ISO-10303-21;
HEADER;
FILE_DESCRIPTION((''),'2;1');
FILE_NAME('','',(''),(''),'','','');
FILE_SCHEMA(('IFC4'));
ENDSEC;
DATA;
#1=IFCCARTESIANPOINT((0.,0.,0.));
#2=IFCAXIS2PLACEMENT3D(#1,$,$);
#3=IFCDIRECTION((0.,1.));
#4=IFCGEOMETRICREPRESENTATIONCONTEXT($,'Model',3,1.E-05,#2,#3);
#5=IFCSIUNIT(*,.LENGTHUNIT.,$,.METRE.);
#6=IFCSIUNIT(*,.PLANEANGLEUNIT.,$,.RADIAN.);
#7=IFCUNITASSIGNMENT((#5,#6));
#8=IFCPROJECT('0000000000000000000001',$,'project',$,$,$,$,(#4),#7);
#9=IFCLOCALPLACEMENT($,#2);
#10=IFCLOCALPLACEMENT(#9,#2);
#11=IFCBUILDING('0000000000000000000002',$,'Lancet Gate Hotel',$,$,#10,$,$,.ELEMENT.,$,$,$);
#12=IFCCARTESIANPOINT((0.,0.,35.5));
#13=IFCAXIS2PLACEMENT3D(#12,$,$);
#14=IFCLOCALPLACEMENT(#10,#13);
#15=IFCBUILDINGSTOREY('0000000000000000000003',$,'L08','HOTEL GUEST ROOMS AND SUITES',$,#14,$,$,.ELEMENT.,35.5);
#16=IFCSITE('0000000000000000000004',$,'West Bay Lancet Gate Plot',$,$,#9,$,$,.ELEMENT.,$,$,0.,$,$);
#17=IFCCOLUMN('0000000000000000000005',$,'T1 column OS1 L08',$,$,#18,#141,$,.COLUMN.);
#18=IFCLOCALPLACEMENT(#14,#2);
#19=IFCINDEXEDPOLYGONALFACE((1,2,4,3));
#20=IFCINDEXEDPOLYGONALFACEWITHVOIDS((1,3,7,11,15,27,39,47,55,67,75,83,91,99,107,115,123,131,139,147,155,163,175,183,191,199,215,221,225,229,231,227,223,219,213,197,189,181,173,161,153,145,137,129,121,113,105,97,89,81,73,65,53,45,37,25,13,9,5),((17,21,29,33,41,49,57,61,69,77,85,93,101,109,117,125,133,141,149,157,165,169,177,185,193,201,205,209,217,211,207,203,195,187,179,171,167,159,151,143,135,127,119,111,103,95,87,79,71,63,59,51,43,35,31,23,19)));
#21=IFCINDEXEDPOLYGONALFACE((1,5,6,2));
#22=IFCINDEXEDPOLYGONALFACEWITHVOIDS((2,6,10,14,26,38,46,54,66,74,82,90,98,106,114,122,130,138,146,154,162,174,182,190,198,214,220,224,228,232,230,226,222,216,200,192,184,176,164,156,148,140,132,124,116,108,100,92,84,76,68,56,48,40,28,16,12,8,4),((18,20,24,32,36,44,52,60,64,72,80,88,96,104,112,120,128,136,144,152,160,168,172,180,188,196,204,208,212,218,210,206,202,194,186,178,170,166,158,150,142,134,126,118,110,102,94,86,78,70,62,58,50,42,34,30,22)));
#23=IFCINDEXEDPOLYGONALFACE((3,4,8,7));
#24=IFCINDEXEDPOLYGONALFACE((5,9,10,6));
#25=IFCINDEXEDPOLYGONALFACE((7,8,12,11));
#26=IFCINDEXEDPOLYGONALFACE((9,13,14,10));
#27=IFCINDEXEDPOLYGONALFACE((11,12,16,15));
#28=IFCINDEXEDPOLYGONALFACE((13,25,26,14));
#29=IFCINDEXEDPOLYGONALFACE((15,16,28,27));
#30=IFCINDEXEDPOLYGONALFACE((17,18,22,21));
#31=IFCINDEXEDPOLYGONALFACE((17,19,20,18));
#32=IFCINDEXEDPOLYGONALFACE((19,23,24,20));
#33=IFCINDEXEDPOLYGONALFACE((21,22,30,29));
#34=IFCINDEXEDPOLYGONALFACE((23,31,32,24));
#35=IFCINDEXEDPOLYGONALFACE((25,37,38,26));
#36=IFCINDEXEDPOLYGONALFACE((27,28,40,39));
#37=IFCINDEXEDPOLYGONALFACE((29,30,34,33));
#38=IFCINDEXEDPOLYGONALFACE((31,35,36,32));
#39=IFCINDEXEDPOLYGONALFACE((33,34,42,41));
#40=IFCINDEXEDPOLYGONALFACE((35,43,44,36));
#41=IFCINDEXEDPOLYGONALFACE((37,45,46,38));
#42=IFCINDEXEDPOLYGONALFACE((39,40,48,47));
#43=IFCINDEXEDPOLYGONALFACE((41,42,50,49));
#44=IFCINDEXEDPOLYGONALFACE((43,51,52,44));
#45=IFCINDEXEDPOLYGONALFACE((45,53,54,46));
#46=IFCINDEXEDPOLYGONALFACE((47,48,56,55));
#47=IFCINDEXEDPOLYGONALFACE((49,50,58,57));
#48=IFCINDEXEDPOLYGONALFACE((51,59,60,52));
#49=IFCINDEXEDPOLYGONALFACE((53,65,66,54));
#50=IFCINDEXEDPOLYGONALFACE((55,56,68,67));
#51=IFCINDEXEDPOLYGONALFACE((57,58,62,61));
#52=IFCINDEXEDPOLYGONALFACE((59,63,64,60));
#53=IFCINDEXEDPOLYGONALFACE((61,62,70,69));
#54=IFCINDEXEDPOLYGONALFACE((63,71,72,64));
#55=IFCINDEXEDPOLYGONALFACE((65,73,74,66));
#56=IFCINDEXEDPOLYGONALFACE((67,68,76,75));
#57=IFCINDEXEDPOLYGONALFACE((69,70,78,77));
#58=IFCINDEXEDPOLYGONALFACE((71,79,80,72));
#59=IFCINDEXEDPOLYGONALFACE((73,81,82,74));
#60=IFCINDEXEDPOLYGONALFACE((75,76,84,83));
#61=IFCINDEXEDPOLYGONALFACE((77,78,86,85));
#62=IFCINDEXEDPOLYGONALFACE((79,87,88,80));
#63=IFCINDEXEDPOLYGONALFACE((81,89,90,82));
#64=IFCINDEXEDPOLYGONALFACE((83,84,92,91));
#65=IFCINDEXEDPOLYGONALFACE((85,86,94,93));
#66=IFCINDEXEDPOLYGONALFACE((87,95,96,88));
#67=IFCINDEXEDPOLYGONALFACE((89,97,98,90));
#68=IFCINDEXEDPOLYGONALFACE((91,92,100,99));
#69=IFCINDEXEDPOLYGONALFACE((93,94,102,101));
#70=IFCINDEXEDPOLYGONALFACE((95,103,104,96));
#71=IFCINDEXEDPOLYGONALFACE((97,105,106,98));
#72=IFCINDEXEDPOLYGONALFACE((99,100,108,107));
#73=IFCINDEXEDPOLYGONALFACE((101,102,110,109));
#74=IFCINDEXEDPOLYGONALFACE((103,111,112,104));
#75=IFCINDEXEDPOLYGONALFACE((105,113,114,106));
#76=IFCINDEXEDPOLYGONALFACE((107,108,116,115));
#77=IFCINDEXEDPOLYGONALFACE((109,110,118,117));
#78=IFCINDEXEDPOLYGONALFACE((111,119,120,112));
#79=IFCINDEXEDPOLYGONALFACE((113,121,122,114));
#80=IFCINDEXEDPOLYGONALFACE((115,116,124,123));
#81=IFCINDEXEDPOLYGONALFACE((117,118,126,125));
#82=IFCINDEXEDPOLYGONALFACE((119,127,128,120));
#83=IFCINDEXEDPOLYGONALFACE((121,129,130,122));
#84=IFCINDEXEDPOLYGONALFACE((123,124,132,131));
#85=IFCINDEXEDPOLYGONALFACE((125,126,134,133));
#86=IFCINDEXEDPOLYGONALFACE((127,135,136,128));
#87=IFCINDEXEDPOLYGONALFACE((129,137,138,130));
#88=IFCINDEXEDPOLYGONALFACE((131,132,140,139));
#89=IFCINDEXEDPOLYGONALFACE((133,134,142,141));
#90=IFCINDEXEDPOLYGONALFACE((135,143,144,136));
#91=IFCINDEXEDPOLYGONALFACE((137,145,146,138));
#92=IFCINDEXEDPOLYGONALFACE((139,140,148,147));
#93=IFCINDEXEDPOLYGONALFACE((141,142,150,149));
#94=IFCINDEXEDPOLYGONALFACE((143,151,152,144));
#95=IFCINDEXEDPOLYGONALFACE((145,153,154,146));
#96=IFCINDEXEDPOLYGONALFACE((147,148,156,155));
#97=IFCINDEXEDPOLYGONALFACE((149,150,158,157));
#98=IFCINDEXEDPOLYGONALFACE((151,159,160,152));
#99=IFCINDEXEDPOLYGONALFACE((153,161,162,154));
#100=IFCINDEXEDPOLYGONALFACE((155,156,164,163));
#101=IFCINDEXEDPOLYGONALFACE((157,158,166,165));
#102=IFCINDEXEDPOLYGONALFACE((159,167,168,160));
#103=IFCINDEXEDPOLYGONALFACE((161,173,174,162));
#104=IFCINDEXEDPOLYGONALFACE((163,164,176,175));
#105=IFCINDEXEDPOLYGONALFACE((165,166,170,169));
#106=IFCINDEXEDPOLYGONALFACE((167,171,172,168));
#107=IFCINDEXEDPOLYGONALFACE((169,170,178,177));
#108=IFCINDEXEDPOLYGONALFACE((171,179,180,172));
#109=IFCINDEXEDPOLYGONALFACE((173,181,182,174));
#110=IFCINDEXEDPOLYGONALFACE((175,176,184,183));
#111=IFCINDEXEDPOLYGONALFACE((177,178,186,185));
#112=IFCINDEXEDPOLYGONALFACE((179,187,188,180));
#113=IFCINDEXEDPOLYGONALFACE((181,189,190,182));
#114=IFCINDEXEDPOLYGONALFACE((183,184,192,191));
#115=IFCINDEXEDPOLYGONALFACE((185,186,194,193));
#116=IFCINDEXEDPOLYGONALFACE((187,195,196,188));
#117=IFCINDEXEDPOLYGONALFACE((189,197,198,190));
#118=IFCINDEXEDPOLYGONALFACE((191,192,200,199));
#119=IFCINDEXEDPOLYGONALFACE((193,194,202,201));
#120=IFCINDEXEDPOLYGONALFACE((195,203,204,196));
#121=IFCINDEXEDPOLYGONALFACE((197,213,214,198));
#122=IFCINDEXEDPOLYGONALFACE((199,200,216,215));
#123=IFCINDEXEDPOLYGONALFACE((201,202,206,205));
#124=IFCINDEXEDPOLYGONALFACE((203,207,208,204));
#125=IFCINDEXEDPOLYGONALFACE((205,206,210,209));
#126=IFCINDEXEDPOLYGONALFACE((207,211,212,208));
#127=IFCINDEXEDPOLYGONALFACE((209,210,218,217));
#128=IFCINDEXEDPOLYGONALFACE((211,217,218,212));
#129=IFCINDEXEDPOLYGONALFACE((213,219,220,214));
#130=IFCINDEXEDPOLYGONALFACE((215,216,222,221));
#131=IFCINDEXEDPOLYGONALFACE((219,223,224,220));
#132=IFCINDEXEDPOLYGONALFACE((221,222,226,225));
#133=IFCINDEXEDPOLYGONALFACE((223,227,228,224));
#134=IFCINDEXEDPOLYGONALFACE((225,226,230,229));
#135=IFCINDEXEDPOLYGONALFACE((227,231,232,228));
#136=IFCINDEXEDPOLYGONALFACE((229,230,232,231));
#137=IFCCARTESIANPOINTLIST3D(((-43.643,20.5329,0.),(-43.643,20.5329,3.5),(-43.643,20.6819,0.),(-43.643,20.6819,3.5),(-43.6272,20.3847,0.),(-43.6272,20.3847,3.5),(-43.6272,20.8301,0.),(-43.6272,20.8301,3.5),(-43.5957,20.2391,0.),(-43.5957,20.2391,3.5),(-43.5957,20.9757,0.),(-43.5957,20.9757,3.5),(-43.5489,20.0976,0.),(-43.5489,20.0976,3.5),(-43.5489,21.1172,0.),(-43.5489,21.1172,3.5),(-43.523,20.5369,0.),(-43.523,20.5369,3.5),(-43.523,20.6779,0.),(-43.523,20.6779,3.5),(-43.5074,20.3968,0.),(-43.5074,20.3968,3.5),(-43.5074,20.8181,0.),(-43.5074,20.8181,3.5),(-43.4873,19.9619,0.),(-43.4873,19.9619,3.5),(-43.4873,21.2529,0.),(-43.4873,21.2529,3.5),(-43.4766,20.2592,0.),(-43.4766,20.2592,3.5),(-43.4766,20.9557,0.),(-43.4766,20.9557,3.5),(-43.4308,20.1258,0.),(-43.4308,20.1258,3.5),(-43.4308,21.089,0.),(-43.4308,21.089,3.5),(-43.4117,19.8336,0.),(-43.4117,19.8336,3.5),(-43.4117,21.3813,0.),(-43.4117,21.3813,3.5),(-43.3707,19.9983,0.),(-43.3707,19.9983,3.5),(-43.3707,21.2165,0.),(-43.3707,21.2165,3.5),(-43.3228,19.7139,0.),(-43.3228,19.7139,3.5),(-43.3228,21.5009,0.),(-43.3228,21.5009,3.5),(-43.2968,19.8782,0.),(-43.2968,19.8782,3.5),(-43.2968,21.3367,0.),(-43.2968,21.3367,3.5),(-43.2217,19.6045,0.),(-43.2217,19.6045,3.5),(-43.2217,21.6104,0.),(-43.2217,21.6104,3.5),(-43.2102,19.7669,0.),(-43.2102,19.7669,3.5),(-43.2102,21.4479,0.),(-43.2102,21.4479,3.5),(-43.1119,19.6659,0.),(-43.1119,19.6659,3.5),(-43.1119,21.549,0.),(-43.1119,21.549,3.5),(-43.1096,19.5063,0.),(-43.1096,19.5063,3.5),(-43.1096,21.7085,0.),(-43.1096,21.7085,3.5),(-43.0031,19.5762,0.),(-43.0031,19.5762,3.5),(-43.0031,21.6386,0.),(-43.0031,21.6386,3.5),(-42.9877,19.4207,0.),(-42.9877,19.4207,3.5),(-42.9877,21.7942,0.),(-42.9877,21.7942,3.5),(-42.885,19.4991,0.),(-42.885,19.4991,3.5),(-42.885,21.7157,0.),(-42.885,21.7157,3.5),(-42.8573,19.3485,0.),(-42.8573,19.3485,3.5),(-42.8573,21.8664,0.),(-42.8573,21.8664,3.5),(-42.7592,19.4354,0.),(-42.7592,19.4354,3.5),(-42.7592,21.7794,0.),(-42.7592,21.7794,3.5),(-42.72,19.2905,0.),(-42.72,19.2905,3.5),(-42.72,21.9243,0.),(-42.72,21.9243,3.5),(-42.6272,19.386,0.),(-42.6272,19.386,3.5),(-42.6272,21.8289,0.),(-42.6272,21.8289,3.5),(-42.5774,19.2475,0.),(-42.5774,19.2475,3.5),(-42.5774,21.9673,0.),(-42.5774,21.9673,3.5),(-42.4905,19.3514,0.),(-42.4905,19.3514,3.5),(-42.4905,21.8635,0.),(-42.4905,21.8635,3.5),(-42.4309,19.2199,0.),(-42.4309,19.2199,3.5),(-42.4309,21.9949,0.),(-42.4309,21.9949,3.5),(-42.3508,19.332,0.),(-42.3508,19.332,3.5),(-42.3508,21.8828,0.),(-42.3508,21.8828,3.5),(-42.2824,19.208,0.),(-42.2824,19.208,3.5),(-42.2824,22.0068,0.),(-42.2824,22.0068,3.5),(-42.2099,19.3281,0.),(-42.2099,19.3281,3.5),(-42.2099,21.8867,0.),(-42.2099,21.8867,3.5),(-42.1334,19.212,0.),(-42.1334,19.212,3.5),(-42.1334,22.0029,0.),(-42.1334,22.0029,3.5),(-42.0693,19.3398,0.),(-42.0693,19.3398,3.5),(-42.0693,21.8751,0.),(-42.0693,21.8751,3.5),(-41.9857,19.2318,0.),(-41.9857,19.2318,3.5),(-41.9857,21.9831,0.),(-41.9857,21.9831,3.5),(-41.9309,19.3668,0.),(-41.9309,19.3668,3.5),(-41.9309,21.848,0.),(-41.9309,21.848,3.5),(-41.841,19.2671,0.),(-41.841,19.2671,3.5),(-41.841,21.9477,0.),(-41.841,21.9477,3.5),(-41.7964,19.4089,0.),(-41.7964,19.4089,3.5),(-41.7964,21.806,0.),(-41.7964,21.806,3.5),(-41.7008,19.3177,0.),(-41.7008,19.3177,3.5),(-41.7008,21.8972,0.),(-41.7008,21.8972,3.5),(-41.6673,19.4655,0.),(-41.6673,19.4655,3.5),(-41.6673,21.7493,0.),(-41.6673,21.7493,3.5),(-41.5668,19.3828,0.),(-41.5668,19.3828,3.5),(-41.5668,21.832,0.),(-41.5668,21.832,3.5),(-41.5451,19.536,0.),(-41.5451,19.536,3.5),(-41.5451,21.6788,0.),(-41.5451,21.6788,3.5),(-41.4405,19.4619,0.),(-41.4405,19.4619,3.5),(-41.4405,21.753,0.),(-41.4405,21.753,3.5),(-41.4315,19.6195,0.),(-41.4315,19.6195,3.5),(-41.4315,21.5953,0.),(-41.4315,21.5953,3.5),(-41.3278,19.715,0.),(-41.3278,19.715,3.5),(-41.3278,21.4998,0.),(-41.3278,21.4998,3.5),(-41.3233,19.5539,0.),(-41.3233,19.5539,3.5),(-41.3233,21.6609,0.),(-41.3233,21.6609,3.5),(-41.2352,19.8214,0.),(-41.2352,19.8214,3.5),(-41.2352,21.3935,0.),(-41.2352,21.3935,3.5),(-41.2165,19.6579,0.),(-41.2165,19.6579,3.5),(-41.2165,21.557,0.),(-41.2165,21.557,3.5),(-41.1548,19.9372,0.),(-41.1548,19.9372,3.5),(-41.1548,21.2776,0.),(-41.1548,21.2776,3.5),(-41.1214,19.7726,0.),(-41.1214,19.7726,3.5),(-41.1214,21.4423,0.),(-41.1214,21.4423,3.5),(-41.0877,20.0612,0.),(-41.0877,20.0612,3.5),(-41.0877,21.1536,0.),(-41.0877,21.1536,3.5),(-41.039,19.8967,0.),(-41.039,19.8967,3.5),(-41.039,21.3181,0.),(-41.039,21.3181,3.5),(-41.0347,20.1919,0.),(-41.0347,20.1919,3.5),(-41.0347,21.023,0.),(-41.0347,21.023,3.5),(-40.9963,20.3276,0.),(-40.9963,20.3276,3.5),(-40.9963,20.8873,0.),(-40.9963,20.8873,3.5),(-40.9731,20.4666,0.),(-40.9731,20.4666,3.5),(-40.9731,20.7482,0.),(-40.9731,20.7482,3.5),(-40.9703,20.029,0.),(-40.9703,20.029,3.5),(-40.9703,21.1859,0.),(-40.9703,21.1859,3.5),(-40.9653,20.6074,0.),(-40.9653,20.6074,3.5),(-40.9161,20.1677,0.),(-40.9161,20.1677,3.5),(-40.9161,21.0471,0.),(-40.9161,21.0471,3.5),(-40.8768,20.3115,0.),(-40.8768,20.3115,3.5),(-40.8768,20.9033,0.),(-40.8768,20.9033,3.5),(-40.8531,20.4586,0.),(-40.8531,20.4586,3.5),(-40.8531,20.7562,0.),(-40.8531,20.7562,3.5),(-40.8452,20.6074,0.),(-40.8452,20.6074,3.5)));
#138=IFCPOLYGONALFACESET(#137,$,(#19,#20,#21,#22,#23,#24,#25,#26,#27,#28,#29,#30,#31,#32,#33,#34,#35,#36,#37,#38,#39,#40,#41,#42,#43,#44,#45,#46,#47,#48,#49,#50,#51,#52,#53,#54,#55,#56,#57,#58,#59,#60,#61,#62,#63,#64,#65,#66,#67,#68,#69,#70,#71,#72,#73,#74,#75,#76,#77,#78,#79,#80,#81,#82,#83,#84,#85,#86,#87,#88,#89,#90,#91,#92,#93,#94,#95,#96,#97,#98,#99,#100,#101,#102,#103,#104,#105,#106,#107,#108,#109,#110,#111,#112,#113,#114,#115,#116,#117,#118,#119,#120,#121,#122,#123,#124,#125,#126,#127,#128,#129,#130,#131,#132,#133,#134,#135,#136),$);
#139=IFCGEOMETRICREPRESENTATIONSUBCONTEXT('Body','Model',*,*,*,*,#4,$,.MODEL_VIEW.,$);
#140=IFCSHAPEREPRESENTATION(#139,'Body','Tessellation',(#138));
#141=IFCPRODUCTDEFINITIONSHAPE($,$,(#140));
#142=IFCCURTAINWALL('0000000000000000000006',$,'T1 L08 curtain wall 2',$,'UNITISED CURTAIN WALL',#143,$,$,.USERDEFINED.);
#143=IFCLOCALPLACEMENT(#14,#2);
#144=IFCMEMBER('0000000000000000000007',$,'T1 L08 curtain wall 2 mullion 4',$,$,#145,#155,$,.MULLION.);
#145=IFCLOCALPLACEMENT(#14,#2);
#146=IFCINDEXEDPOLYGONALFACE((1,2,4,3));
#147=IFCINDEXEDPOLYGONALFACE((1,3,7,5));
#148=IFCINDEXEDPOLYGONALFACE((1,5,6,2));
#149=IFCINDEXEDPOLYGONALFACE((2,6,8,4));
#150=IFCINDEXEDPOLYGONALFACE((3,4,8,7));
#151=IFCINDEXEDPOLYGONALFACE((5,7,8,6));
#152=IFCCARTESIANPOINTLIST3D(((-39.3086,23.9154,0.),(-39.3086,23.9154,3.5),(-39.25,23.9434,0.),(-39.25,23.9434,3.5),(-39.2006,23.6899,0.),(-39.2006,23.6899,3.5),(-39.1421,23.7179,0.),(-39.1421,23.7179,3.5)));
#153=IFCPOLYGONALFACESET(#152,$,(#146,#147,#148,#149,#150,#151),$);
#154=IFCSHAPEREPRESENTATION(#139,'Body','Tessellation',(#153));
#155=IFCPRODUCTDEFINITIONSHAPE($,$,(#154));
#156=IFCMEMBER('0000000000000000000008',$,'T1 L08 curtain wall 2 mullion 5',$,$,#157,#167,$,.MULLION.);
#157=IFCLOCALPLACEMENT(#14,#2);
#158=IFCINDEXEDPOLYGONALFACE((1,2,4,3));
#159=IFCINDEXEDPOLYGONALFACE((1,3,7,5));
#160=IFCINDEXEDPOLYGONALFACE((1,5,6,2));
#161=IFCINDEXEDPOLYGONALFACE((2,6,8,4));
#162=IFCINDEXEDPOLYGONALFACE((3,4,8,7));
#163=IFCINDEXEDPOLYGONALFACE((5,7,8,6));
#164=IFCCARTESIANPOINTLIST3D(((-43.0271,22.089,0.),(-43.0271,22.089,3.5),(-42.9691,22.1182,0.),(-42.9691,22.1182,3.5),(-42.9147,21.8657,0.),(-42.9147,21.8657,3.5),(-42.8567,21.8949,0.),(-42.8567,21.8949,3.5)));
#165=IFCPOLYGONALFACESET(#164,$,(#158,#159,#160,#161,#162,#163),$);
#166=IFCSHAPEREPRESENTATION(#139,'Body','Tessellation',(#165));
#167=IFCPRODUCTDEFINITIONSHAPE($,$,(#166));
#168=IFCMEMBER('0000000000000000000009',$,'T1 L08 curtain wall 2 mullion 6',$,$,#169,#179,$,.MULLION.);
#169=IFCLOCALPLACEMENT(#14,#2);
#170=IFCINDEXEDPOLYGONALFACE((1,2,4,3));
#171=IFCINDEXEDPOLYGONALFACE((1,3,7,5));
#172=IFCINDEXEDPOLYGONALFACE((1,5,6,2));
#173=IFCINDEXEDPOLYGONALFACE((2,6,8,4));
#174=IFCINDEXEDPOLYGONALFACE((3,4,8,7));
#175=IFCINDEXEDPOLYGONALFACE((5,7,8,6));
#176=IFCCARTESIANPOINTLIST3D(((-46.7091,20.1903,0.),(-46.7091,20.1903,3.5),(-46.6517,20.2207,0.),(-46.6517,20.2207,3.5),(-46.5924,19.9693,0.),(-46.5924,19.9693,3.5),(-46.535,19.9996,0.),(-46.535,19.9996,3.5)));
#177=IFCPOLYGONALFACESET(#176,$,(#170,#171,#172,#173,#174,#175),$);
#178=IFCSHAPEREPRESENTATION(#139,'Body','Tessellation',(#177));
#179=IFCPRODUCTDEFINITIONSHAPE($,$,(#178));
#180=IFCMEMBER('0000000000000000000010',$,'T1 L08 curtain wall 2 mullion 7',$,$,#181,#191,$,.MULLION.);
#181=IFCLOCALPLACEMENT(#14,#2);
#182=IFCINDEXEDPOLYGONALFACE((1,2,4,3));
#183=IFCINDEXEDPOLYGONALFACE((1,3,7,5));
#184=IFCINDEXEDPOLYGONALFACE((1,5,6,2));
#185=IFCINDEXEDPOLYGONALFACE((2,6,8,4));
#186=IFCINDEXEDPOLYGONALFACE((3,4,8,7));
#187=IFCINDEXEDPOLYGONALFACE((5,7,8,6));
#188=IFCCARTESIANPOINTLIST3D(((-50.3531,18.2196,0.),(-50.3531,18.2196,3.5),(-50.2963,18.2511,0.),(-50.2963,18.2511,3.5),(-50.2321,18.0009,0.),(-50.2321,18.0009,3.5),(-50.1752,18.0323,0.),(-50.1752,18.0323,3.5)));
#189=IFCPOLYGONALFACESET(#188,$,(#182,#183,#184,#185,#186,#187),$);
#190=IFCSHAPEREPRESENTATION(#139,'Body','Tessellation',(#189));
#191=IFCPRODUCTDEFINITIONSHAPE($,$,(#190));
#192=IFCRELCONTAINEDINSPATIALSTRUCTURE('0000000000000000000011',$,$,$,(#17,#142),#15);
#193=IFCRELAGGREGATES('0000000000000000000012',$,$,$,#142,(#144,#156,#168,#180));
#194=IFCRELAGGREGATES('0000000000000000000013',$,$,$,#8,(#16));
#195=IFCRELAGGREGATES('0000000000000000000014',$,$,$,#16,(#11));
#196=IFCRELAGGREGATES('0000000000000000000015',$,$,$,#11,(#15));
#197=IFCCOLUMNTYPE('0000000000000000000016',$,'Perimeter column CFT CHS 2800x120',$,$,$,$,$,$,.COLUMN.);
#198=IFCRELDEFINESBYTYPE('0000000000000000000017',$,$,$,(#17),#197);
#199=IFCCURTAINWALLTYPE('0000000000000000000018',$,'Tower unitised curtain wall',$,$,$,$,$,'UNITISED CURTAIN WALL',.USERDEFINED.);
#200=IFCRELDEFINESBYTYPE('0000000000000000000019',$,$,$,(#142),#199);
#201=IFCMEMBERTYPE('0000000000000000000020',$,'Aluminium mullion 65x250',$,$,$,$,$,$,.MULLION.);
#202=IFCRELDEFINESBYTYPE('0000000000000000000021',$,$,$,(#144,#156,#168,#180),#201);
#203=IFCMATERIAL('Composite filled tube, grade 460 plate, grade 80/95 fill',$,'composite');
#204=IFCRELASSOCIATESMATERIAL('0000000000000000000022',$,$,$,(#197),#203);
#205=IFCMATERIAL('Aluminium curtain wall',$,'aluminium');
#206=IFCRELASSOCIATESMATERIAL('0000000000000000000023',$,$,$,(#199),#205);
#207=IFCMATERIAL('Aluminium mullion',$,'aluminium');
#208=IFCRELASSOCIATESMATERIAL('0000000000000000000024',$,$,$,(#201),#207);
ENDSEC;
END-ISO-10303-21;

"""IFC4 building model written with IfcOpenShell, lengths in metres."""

from ifc_helpers import new_model, si_unit, direction, frame, origin, origin_2d, place, context, subcontext, project, spatial, rectangle, hollow_circle, extrude, material, material_profile, profile_set, type_object, element, aggregate, save


model = new_model("IFC4")

# Units and contexts
model_context = context("Model", 3, precision=1e-05, world=origin(), true_north=direction((0.0, 1.0)))
body_context = subcontext(model_context, "Body", "Model", "MODEL_VIEW")
ifc_project = project(units=[si_unit("LENGTHUNIT", "METRE"), si_unit("PLANEANGLEUNIT", "RADIAN")], contexts=[model_context])

# Site, building, storey
site_placement = place(None, origin())
site = spatial("IfcSite", under=ifc_project, at=site_placement, Name="West Bay Lancet Gate Plot", CompositionType="ELEMENT", RefElevation=0.0)
building_placement = place(site_placement, origin())
building = spatial("IfcBuilding", under=site, at=building_placement, Name="Lancet Gate Hotel", CompositionType="ELEMENT")
storey_placement = place(building_placement, frame((0.0, 0.0, 35.5)))
storey = spatial("IfcBuildingStorey", under=building, at=storey_placement, Name="L08", Description="HOTEL GUEST ROOMS AND SUITES", CompositionType="ELEMENT", Elevation=35.5)

# Column
ifc_material_1 = material(Name="Composite filled tube, grade 460 plate, grade 80/95 fill", Category="composite")
ifc_material_profile_1 = material_profile(ifc_material_1, hollow_circle(Radius=1.3999, WallThickness=0.1201, at=origin_2d()), Name="CHS 2800x120")
ifc_profile_set_1 = profile_set([ifc_material_profile_1], Name="Composite filled tube, grade 460 plate, grade 80/95 fill")
column_type = type_object("IfcColumnType", Name="Perimeter column CFT CHS 2800x120", PredefinedType="COLUMN", material=ifc_profile_set_1)
column_placement = place(storey_placement, frame((-42.2451, 20.6074, 0.0), z_axis=(0.0, 0.0, 1.0), x_axis=(1.0, 0.0, 0.0)))
element("IfcColumn", 1, at=column_placement, inside=storey, type_object=column_type, Name="T1 column OS1 L08", PredefinedType="COLUMN", context=body_context, shape_type="SweptSolid", body=[
    extrude(hollow_circle(Radius=1.3999, WallThickness=0.1201, at=origin_2d()), origin(), (0.0, 0.0, 1.0), 3.5),
])

# Curtain wall, members
ifc_material_2 = material(Name="Aluminium curtain wall", Category="aluminium")
curtain_wall_type = type_object("IfcCurtainWallType", Name="Tower unitised curtain wall", ElementType="UNITISED CURTAIN WALL", PredefinedType="USERDEFINED", material=ifc_material_2)
curtain_wall_placement = place(storey_placement, origin())
curtain_wall = element("IfcCurtainWall", 2, at=curtain_wall_placement, inside=storey, type_object=curtain_wall_type, Name="T1 L08 curtain wall 2", ObjectType="UNITISED CURTAIN WALL", PredefinedType="USERDEFINED")
ifc_material_3 = material(Name="Aluminium mullion", Category="aluminium")
ifc_material_profile_2 = material_profile(ifc_material_3, rectangle(XDim=0.0649, YDim=0.25, at=origin_2d()), Name="MULLION 65x250")
ifc_profile_set_2 = profile_set([ifc_material_profile_2], Name="Aluminium mullion")
member_type_1 = type_object("IfcMemberType", Name="Aluminium mullion 65x250", PredefinedType="MULLION", material=ifc_profile_set_2)
member_1_placement = place(storey_placement, frame((-39.2253, 23.8167, 0.0), z_axis=(0.0, 0.0, 1.0), x_axis=(-0.901929, -0.431885, 0.0)))
member_1 = element("IfcMember", 3, at=member_1_placement, type_object=member_type_1, Name="T1 L08 curtain wall 2 mullion 4", PredefinedType="MULLION", context=body_context, shape_type="SweptSolid", body=[
    extrude(rectangle(XDim=0.0649, YDim=0.25, at=origin_2d()), origin(), (0.0, 0.0, 1.0), 3.5),
])
member_2_placement = place(storey_placement, frame((-42.9419, 21.9919, 0.0), z_axis=(0.0, 0.0, 1.0), x_axis=(-0.893292, -0.449478, 0.0)))
member_2 = element("IfcMember", 4, at=member_2_placement, type_object=member_type_1, Name="T1 L08 curtain wall 2 mullion 5", PredefinedType="MULLION", context=body_context, shape_type="SweptSolid", body=[
    extrude(rectangle(XDim=0.0649, YDim=0.25, at=origin_2d()), origin(), (0.0, 0.0, 1.0), 3.5),
])
member_3_placement = place(storey_placement, frame((-46.6221, 20.095, 0.0), z_axis=(0.0, 0.0, 1.0), x_axis=(-0.884311, -0.466898, 0.0)))
member_3 = element("IfcMember", 5, at=member_3_placement, type_object=member_type_1, Name="T1 L08 curtain wall 2 mullion 6", PredefinedType="MULLION", context=body_context, shape_type="SweptSolid", body=[
    extrude(rectangle(XDim=0.0649, YDim=0.25, at=origin_2d()), origin(), (0.0, 0.0, 1.0), 3.5),
])
member_4_placement = place(storey_placement, frame((-50.2642, 18.126, 0.0), z_axis=(0.0, 0.0, 1.0), x_axis=(-0.874991, -0.484139, 0.0)))
member_4 = element("IfcMember", 6, at=member_4_placement, type_object=member_type_1, Name="T1 L08 curtain wall 2 mullion 7", PredefinedType="MULLION", context=body_context, shape_type="SweptSolid", body=[
    extrude(rectangle(XDim=0.0649, YDim=0.25, at=origin_2d()), origin(), (0.0, 0.0, 1.0), 3.5),
])

aggregate(curtain_wall, [member_1, member_2, member_3, member_4])

save(model, "model.ifc")
